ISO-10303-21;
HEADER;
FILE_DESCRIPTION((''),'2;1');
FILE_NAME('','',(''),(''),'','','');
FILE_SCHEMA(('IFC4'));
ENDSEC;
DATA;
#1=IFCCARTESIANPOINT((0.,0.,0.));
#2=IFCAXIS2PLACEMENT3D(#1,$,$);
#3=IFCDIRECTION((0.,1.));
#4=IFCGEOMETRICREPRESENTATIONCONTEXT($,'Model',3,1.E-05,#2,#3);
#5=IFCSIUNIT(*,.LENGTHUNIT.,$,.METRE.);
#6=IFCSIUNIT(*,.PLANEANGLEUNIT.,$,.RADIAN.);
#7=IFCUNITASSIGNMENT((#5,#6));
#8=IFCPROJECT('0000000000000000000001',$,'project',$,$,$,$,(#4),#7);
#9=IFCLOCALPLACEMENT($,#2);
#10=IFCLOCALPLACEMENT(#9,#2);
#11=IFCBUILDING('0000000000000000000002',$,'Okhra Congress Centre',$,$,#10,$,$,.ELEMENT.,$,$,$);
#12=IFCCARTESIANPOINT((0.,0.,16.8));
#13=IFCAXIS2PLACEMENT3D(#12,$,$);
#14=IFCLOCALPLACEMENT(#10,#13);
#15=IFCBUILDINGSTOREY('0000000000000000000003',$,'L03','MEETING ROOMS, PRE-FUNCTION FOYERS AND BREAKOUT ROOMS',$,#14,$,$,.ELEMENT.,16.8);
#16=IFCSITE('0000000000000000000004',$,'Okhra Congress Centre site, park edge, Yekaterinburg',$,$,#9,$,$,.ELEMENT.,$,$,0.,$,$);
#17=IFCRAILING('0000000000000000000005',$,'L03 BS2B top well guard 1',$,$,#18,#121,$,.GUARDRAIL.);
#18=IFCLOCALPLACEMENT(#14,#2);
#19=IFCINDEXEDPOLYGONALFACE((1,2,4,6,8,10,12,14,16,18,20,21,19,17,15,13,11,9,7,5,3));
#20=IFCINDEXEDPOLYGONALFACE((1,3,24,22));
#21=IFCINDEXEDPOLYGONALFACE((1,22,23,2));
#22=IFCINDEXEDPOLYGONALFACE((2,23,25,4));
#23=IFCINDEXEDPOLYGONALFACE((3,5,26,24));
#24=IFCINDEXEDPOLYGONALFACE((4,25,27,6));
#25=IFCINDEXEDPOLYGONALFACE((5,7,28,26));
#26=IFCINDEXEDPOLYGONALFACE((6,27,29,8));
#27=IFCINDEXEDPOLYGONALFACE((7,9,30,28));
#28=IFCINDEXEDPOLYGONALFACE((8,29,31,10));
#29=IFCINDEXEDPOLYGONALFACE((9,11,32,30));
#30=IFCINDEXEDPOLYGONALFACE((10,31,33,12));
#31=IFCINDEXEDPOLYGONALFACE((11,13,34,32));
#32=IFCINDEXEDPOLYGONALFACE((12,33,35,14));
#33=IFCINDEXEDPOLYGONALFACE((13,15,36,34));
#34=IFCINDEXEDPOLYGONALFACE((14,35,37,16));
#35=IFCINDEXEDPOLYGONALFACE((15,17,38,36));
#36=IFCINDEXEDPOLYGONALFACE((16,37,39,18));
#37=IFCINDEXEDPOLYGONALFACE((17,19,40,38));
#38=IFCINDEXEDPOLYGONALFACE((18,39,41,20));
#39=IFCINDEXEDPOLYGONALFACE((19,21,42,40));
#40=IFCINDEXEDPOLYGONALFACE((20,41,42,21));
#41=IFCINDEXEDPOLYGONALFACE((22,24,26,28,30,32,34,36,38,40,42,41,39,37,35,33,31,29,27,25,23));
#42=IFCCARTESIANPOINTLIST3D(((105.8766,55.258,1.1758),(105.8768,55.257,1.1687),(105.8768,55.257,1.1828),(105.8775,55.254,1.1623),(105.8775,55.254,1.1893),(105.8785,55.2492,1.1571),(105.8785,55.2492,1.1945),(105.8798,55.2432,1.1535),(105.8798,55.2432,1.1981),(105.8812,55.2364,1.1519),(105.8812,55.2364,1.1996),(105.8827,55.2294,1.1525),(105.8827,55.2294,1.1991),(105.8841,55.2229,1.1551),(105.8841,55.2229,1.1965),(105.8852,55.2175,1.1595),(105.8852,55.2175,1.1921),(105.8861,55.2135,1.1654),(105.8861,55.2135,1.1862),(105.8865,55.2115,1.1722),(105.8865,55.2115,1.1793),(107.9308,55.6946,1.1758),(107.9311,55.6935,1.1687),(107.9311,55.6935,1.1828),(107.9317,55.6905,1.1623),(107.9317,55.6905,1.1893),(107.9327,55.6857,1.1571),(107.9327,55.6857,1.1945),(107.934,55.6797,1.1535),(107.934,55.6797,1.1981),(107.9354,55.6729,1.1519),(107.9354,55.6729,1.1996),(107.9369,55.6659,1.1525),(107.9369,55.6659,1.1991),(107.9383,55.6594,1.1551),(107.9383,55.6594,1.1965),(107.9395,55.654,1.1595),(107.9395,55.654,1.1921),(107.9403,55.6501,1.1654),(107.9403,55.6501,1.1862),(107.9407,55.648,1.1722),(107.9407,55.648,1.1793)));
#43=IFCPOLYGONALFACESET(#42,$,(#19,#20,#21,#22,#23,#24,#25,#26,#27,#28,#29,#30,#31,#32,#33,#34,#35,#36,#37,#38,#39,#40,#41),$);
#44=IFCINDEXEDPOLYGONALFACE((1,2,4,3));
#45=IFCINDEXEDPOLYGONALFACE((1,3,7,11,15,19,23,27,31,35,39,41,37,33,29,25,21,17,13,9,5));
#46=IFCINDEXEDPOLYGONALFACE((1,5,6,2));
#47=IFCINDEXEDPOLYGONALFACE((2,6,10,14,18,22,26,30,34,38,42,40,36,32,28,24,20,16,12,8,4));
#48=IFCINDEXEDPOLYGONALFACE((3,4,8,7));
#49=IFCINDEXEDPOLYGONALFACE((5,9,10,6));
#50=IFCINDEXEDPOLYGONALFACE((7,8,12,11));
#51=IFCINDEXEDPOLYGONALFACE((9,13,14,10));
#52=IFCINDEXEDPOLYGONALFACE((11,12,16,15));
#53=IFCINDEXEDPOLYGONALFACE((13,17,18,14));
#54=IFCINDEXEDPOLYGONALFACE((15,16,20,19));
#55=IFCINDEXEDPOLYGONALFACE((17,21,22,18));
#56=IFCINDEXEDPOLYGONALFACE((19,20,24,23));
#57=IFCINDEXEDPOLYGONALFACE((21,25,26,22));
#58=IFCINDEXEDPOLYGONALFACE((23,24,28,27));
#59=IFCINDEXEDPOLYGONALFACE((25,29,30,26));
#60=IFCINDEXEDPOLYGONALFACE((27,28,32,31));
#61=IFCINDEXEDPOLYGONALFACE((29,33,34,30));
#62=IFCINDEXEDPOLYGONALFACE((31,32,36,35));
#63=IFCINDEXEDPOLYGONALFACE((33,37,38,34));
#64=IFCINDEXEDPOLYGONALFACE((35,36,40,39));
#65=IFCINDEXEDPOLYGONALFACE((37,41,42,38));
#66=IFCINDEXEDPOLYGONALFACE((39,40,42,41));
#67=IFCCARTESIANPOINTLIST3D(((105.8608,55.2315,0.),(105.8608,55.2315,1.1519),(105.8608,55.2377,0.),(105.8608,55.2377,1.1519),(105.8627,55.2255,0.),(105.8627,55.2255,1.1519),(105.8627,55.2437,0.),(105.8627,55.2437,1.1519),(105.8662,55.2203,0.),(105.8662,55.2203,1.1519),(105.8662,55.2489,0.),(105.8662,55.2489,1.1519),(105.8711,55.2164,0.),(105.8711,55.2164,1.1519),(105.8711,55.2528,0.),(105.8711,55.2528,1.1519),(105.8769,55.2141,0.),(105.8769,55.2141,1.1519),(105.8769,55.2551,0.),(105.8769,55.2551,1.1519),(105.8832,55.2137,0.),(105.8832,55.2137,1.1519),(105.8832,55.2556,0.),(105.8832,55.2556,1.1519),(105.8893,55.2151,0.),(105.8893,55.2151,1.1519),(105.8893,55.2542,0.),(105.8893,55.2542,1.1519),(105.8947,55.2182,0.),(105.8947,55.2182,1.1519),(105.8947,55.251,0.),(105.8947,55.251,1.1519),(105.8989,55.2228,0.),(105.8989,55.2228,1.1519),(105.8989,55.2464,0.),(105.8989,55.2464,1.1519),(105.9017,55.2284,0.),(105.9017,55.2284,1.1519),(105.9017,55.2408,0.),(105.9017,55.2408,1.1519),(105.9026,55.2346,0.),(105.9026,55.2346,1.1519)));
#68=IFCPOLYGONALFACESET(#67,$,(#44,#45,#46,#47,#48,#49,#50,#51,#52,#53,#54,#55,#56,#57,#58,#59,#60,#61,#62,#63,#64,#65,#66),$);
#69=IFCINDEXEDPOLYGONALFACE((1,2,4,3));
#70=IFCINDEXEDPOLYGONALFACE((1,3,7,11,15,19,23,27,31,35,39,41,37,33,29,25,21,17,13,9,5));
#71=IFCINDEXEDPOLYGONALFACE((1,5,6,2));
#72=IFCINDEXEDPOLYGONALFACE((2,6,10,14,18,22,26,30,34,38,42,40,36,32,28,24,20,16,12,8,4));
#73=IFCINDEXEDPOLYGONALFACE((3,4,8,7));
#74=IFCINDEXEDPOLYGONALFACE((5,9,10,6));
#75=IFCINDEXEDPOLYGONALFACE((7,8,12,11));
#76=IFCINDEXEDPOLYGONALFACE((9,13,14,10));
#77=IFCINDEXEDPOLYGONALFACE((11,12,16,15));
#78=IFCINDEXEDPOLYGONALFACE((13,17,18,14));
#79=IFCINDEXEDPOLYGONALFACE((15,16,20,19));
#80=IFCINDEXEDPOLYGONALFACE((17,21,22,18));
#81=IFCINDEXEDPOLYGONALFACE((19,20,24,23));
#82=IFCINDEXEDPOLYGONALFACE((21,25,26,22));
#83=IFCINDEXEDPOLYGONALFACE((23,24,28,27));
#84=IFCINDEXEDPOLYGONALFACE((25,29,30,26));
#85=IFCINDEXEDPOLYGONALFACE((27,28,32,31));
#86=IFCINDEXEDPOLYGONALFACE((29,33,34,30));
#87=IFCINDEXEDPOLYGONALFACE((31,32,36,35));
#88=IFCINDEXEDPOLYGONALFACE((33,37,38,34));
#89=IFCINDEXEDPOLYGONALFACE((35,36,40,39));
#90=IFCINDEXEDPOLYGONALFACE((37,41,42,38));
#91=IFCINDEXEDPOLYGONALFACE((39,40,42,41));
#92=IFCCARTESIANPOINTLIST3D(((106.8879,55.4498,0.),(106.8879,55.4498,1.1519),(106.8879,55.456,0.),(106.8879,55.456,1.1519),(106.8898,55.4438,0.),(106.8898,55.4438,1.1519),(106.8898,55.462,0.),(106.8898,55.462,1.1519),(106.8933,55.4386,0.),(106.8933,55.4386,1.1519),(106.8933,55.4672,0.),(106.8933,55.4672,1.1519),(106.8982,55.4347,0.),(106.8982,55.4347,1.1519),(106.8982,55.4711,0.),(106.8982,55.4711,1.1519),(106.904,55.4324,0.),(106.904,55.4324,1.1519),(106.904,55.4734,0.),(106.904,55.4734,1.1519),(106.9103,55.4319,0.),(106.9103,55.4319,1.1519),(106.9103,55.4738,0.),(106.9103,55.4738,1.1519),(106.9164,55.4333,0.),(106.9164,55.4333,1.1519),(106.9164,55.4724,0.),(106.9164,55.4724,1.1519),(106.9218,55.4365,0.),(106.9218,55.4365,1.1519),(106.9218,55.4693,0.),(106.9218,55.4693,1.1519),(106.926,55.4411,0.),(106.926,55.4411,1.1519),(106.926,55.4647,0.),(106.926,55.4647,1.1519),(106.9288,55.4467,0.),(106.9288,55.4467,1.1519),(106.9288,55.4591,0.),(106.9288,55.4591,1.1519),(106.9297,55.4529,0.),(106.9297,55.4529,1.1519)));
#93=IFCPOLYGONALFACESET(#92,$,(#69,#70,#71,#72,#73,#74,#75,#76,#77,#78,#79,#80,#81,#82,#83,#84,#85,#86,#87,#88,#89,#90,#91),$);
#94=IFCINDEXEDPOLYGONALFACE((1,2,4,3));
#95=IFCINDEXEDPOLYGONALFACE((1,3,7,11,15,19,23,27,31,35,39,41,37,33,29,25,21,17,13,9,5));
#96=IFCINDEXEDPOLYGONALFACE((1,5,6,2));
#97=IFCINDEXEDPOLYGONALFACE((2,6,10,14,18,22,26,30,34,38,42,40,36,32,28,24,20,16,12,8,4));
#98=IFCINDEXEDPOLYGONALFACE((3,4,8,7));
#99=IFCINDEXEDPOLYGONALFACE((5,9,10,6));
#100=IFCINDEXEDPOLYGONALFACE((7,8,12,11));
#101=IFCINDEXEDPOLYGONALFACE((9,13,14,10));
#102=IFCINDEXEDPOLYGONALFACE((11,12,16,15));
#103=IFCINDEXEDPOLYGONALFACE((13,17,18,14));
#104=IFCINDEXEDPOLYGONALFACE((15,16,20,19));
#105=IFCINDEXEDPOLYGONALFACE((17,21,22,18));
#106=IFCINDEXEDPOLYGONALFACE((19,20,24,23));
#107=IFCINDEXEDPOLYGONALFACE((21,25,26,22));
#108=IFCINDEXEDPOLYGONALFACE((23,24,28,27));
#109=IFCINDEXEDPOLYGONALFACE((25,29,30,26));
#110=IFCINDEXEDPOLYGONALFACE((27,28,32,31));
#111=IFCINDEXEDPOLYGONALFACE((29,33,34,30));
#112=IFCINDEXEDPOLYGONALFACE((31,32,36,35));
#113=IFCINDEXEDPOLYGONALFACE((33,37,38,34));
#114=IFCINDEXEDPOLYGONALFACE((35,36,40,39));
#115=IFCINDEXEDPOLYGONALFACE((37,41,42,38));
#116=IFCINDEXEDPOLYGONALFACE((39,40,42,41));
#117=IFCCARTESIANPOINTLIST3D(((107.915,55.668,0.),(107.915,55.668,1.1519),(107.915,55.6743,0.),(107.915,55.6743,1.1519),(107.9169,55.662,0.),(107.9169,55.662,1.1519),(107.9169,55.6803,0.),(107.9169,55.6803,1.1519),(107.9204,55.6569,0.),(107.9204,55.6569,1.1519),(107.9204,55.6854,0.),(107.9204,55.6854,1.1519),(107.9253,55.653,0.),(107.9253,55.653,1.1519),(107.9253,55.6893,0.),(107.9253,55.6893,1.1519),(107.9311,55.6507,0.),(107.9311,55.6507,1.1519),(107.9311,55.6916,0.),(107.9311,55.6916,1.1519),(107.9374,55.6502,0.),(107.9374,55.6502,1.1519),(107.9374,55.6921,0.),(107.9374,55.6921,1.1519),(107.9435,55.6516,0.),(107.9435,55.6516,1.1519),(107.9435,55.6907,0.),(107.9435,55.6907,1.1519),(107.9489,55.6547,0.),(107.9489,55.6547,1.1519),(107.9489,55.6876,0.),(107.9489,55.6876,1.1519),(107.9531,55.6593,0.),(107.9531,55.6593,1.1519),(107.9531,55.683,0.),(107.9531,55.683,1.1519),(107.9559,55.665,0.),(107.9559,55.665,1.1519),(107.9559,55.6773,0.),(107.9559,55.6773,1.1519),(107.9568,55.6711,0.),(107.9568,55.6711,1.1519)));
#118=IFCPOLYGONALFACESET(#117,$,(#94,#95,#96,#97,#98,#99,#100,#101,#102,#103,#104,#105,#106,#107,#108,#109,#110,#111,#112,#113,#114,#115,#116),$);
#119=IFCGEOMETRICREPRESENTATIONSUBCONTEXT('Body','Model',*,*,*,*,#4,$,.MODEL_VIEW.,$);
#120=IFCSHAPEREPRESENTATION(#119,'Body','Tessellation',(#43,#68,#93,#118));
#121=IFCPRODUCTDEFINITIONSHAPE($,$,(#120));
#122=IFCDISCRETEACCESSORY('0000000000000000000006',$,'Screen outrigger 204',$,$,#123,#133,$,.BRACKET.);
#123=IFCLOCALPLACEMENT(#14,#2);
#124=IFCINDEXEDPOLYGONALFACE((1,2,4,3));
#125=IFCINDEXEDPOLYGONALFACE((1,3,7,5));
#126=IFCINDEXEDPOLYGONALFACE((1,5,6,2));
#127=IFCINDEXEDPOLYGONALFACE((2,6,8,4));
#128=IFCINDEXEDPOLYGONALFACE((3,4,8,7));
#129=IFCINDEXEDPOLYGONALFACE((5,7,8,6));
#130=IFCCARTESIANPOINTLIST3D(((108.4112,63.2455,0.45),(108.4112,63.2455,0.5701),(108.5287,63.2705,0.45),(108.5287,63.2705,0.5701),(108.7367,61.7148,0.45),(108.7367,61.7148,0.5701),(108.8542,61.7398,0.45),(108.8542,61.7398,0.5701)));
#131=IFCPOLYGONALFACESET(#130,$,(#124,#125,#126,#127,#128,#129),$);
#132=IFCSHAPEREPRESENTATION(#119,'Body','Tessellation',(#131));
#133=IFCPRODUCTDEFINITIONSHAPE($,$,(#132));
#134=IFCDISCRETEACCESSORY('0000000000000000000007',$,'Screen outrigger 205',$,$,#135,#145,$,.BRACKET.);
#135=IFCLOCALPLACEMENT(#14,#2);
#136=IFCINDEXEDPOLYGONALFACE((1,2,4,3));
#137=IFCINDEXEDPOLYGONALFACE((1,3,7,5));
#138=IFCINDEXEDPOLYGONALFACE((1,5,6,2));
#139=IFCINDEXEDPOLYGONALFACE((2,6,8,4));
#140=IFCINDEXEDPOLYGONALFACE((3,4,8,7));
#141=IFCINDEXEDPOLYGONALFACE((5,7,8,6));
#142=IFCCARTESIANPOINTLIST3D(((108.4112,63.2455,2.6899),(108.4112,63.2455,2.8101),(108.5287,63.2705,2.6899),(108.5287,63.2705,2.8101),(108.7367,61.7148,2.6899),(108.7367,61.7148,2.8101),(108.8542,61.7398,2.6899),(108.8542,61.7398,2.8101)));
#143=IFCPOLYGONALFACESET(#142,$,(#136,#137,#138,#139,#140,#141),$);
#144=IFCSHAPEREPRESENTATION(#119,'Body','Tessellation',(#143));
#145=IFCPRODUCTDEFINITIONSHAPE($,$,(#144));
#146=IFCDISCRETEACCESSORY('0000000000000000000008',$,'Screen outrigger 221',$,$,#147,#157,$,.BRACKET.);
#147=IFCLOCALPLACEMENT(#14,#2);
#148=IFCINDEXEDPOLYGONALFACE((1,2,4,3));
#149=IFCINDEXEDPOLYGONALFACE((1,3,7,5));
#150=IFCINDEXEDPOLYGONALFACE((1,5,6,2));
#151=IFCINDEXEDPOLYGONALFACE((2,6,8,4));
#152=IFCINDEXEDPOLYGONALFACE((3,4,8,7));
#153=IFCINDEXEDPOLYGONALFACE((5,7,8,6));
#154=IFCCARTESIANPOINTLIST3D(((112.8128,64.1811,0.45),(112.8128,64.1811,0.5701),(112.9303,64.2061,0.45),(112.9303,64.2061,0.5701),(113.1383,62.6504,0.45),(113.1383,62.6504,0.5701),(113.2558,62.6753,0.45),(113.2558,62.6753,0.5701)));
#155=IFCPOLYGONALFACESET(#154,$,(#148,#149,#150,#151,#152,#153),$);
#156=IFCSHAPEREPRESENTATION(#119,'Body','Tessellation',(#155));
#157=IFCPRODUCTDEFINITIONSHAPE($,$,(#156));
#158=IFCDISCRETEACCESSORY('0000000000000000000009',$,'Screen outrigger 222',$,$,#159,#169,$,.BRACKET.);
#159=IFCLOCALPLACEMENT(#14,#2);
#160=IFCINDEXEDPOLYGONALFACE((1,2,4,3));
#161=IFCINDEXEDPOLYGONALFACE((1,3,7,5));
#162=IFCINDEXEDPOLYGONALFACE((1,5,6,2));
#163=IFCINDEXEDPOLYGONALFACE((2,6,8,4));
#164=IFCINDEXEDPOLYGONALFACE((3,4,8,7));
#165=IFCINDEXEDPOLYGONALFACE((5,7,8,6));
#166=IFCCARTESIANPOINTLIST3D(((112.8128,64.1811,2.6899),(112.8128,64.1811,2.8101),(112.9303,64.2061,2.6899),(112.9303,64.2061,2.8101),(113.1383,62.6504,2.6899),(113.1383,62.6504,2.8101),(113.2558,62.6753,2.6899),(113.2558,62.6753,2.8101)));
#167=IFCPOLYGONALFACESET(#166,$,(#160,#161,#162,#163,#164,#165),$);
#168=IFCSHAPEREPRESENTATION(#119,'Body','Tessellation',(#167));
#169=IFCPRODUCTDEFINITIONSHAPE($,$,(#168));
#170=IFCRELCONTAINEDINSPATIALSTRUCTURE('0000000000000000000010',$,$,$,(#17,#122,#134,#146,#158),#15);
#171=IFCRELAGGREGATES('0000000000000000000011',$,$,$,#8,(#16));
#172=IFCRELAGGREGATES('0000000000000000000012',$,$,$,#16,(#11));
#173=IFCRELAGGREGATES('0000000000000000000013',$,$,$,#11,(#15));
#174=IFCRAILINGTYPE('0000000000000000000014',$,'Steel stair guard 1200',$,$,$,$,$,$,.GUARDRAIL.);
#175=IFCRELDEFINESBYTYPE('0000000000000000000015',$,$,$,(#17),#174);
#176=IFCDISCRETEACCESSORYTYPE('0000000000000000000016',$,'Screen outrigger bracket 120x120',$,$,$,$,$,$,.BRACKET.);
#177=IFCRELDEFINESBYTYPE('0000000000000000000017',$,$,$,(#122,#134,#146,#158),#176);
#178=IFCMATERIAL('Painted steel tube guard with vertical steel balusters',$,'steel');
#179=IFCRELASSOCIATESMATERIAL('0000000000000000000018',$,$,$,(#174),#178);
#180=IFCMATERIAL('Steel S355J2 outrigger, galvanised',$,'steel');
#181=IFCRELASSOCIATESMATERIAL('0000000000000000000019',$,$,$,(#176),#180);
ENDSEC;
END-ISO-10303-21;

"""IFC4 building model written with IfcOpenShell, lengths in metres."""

from ifc_helpers import new_model, si_unit, direction, frame, origin, origin_2d, place, context, subcontext, project, spatial, rectangle, circle, extrude, material, material_profile, profile_set, type_object, element, save


model = new_model("IFC4")

# Units and contexts
model_context = context("Model", 3, precision=1e-05, world=origin(), true_north=direction((0.0, 1.0)))
body_context = subcontext(model_context, "Body", "Model", "MODEL_VIEW")
ifc_project = project(units=[si_unit("LENGTHUNIT", "METRE"), si_unit("PLANEANGLEUNIT", "RADIAN")], contexts=[model_context])

# Site, building, storey
site_placement = place(None, origin())
site = spatial("IfcSite", under=ifc_project, at=site_placement, Name="Okhra Congress Centre site, park edge, Yekaterinburg", CompositionType="ELEMENT", RefElevation=0.0)
building_placement = place(site_placement, origin())
building = spatial("IfcBuilding", under=site, at=building_placement, Name="Okhra Congress Centre", CompositionType="ELEMENT")
storey_placement = place(building_placement, frame((0.0, 0.0, 16.8)))
storey = spatial("IfcBuildingStorey", under=building, at=storey_placement, Name="L03", Description="MEETING ROOMS, PRE-FUNCTION FOYERS AND BREAKOUT ROOMS", CompositionType="ELEMENT", Elevation=16.8)

# Railing
ifc_material_1 = material(Name="Painted steel tube guard with vertical steel balusters", Category="steel")
railing_type = type_object("IfcRailingType", Name="Steel stair guard 1200", PredefinedType="GUARDRAIL", material=ifc_material_1)
railing_placement = place(storey_placement, frame((105.8816, 55.2346, 0.0)))
element("IfcRailing", 1, at=railing_placement, inside=storey, type_object=railing_type, Name="L03 BS2B top well guard 1", PredefinedType="GUARDRAIL", context=body_context, shape_type="SweptSolid", body=[
    extrude(circle(Radius=0.0239, at=origin_2d()), frame((0.0, 0.0, 1.1758), z_axis=(0.978158, 0.207862, 0.0), x_axis=(-0.207862, 0.978158, 0.0)), (0.0, 0.0, 1.0), 2.1001),
    extrude(circle(Radius=0.021, at=origin_2d()), origin(), (0.0, 0.0, 1.0), 1.1519),
    extrude(circle(Radius=0.021, at=origin_2d()), frame((1.0271, 0.2183, 0.0)), (0.0, 0.0, 1.0), 1.1519),
    extrude(circle(Radius=0.021, at=origin_2d()), frame((2.0542, 0.4365, 0.0)), (0.0, 0.0, 1.0), 1.1519),
])

# Discrete accessories
ifc_material_2 = material(Name="Steel S355J2 outrigger, galvanised", Category="steel")
ifc_material_profile_1 = material_profile(ifc_material_2, rectangle(XDim=0.1201, YDim=0.1201, at=origin_2d()), Name="Screen outrigger bracket 120x120")
ifc_profile_set_1 = profile_set([ifc_material_profile_1], Name="Steel S355J2 outrigger, galvanised")
discrete_accessory_type = type_object("IfcDiscreteAccessoryType", Name="Screen outrigger bracket 120x120", PredefinedType="BRACKET", material=ifc_profile_set_1)
for number, where, z_axis, x_axis, name in (
    (2, (108.7954, 61.7273, 0.51), (-0.207952, 0.978139, 0.0), (-0.978139, -0.207952, 0.0), "Screen outrigger 204"),
    (3, (108.7954, 61.7273, 2.75), (-0.207952, 0.978139, 0.0), (-0.978139, -0.207952, 0.0), "Screen outrigger 205"),
    (4, (113.197, 62.6628, 0.51), (-0.207952, 0.978139, 0.0), (-0.978139, -0.207952, 0.0), "Screen outrigger 221"),
    (5, (113.197, 62.6628, 2.75), (-0.207952, 0.978139, 0.0), (-0.978139, -0.207952, 0.0), "Screen outrigger 222"),
):
    element("IfcDiscreteAccessory", number, at=place(storey_placement, frame(where, z_axis=z_axis, x_axis=x_axis)), inside=storey, type_object=discrete_accessory_type, Name=name, PredefinedType="BRACKET", context=body_context, shape_type="SweptSolid", body=[
        extrude(rectangle(XDim=0.1201, YDim=0.1201, at=origin_2d()), origin(), (0.0, 0.0, 1.0), 1.5649),
    ])

save(model, "model.ifc")
